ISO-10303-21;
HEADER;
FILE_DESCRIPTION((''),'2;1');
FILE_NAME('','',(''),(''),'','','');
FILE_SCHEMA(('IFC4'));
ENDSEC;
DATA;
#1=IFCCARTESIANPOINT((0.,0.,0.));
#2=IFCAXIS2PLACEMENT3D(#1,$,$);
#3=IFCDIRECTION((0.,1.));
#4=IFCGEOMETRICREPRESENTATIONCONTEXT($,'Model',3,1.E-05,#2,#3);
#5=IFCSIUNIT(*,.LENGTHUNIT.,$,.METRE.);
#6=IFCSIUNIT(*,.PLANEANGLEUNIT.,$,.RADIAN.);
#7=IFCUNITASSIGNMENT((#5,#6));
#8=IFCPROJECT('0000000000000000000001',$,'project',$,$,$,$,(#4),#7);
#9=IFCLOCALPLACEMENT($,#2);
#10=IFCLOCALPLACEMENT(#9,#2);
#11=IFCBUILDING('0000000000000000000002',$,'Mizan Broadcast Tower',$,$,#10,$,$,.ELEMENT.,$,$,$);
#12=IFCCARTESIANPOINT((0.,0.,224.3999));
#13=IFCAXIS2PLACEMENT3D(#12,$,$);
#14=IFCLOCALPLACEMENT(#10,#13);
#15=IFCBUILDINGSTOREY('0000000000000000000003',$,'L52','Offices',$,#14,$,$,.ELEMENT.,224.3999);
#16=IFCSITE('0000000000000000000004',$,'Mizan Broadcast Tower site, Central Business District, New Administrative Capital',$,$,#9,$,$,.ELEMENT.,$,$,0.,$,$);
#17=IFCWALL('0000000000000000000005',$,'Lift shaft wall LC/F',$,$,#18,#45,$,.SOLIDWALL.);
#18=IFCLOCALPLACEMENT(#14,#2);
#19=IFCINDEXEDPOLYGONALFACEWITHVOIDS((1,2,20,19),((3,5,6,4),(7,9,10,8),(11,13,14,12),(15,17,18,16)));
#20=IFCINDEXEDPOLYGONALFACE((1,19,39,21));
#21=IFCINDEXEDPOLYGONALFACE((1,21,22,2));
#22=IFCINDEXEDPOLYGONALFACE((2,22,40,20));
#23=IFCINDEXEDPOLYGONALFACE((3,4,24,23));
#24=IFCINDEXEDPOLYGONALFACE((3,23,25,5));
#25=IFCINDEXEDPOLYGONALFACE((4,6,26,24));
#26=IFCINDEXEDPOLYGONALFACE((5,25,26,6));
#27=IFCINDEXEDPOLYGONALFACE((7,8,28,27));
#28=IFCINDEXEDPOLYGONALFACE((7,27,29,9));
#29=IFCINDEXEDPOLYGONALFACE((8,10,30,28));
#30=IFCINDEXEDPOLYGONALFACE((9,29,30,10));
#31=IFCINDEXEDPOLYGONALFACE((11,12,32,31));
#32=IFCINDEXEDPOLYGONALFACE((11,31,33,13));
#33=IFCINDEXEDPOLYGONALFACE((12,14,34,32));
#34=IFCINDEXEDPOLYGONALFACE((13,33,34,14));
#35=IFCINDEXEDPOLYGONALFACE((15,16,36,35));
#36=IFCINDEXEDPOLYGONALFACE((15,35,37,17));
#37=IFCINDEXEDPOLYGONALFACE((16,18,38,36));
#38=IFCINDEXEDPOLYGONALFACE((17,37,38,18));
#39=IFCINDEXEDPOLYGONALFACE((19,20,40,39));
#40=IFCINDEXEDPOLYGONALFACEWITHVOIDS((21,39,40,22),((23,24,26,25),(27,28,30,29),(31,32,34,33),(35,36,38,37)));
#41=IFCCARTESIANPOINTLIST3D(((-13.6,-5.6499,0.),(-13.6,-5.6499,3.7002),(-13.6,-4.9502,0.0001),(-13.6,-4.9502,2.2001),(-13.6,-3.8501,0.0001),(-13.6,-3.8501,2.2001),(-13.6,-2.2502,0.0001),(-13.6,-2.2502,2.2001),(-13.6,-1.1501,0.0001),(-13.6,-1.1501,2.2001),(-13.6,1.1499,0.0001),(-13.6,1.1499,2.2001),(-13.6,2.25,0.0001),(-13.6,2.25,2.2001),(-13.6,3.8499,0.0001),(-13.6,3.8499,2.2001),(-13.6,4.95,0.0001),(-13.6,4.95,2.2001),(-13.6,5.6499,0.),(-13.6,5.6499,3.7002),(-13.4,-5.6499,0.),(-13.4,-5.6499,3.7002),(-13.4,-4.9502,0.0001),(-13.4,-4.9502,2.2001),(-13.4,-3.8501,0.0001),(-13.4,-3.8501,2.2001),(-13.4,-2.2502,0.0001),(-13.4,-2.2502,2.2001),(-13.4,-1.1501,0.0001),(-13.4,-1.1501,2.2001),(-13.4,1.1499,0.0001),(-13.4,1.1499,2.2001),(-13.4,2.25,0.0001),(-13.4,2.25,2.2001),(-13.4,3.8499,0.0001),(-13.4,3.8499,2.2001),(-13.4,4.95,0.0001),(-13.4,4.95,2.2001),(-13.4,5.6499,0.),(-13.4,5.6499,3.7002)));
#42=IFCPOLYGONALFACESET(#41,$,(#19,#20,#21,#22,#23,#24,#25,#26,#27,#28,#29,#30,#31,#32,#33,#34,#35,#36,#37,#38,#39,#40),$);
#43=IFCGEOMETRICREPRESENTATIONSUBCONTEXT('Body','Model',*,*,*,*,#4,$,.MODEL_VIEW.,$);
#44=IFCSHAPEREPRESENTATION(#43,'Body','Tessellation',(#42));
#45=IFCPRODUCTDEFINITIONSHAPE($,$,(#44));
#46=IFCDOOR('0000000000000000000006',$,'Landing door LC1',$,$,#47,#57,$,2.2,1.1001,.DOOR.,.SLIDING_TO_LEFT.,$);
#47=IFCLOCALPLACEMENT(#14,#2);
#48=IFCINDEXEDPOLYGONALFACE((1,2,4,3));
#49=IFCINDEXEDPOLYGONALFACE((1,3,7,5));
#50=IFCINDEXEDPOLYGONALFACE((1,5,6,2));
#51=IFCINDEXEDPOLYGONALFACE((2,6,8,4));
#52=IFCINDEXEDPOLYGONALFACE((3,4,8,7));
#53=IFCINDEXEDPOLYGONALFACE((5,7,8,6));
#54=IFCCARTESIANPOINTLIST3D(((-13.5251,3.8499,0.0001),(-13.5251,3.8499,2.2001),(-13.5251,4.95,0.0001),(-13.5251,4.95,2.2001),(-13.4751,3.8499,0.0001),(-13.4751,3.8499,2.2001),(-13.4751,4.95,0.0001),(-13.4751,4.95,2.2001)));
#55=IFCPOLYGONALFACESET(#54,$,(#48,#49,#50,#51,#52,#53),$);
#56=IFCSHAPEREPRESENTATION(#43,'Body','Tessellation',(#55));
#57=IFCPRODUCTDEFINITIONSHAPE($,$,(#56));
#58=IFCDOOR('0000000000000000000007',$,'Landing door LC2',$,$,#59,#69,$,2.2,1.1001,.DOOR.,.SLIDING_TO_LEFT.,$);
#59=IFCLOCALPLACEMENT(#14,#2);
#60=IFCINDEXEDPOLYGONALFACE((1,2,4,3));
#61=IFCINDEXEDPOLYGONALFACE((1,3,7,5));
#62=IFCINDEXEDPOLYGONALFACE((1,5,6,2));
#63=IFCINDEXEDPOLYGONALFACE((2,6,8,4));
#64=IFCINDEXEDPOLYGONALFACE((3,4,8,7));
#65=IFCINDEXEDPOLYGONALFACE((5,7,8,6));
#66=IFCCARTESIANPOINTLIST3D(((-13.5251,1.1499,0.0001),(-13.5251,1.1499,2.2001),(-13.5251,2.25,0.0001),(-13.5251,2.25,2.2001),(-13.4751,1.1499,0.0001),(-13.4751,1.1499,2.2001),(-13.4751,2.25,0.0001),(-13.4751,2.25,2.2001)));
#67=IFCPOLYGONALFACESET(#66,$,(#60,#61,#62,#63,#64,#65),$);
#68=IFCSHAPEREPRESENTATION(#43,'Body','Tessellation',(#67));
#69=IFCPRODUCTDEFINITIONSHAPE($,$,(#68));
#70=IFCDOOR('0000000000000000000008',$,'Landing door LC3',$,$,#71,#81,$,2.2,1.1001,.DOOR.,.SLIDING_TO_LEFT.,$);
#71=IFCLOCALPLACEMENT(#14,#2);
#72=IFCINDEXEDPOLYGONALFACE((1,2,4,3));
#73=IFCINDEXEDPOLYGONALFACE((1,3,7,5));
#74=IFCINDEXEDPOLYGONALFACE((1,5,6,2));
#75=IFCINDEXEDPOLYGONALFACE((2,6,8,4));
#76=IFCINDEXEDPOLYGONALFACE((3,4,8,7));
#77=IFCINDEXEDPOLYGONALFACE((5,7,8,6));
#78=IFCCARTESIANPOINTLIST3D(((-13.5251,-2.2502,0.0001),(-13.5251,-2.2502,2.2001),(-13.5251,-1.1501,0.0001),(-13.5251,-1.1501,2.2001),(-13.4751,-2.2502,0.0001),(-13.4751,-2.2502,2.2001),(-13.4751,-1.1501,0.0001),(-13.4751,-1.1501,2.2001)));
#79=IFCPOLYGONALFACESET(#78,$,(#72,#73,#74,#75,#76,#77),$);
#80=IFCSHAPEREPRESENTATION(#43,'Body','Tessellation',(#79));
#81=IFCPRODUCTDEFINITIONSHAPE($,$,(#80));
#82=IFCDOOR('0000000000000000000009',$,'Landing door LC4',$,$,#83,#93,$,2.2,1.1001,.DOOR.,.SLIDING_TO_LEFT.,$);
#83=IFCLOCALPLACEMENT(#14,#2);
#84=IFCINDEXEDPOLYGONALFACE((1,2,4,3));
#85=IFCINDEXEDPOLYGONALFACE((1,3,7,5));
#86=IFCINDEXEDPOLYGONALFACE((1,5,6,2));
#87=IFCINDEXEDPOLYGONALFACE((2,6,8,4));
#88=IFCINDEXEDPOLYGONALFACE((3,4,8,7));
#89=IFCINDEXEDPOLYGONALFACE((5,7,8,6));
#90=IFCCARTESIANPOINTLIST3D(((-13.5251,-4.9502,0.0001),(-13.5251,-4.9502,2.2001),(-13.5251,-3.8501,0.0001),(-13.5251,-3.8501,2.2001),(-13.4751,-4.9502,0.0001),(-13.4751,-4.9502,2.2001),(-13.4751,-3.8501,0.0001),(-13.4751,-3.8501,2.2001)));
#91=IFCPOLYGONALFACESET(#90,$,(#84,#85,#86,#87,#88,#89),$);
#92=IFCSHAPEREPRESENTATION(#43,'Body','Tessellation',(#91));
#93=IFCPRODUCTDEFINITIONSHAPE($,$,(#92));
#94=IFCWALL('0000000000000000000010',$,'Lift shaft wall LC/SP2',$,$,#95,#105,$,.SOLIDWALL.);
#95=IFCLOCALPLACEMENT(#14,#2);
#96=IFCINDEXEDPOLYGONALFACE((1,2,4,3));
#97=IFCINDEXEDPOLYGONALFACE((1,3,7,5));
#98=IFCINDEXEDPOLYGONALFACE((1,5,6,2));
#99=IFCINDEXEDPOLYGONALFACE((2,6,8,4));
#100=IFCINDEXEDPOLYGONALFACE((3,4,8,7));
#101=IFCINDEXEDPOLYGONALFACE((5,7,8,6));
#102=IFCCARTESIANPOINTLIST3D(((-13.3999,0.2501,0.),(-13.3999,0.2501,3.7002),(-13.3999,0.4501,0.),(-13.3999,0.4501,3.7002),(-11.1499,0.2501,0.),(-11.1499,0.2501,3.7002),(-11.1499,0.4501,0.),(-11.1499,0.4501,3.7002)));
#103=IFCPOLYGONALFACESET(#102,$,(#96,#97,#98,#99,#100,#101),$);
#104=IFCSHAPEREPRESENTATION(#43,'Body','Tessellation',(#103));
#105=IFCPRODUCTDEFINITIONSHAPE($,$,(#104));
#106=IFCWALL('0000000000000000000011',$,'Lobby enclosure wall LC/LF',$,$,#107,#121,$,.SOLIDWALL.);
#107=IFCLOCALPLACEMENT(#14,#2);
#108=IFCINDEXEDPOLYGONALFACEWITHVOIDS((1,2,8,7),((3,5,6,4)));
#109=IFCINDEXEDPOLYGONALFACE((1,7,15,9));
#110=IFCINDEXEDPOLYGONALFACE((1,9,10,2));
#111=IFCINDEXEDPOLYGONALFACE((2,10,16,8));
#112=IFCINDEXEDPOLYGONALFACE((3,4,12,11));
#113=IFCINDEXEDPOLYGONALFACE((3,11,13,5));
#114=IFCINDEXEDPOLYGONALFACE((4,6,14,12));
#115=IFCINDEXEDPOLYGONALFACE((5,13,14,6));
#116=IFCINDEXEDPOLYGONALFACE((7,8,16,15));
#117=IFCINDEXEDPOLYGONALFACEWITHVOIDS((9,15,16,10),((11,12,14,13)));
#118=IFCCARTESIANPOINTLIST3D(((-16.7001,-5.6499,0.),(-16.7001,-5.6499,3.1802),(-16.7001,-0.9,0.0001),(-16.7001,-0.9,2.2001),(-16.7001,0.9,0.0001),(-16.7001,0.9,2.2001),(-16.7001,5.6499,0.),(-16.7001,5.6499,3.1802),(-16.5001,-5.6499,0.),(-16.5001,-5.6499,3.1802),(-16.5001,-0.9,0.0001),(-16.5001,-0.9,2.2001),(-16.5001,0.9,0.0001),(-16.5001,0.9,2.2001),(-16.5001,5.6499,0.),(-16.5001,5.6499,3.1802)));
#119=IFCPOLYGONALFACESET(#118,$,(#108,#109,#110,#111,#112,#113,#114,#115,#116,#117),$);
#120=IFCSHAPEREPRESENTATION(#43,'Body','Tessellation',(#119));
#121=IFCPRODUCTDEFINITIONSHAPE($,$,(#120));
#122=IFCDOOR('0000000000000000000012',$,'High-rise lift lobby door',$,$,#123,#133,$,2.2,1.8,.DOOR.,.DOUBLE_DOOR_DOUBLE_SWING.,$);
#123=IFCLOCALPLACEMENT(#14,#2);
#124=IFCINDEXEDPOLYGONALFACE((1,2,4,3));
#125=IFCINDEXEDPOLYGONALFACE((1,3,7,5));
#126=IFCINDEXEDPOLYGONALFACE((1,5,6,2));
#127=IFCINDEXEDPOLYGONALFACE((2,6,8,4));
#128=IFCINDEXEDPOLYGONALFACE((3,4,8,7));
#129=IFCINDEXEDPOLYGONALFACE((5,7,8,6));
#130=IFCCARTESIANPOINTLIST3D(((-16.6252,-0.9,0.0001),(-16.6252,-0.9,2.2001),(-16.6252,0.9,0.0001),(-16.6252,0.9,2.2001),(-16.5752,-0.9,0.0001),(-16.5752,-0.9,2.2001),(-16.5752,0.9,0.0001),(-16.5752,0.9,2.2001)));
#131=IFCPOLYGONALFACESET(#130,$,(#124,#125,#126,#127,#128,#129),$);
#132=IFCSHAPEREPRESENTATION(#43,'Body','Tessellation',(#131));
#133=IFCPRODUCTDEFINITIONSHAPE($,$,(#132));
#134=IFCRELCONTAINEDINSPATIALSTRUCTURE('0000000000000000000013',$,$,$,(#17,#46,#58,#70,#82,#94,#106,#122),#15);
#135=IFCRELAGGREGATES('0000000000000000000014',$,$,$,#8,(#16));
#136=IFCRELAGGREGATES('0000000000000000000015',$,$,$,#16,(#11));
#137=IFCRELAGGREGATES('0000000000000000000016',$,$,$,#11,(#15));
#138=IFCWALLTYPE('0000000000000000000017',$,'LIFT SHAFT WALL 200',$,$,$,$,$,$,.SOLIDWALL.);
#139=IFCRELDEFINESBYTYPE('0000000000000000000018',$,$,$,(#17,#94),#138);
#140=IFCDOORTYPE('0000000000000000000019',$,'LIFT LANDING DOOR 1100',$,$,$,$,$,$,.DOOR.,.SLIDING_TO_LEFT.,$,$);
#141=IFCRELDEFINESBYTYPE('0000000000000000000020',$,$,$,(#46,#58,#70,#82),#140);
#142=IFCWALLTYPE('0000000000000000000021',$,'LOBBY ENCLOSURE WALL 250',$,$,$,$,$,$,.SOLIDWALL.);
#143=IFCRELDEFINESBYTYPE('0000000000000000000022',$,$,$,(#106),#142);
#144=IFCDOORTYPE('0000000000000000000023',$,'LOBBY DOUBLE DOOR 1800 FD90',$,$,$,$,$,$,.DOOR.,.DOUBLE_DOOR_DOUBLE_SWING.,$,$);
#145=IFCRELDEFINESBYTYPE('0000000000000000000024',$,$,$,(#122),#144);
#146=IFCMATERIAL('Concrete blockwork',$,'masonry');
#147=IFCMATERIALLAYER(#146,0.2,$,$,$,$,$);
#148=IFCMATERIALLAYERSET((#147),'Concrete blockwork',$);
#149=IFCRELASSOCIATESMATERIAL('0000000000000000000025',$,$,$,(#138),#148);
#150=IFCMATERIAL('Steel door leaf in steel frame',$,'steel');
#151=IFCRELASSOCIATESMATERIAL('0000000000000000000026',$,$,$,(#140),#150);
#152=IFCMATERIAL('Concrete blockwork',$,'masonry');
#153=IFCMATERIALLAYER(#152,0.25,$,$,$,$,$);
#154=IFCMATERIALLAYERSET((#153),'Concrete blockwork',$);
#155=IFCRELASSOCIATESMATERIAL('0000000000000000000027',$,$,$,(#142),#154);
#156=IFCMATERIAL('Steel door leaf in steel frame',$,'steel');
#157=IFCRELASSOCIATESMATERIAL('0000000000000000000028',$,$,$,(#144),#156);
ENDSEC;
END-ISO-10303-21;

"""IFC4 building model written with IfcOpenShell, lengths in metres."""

from ifc_helpers import new_model, si_unit, direction, frame, frame_2d, origin, place, context, subcontext, project, spatial, rectangle, extrude, material, layer, layer_set, type_object, element, fill, save


model = new_model("IFC4")

# Units and contexts
model_context = context("Model", 3, precision=1e-05, world=origin(), true_north=direction((0.0, 1.0)))
body_context = subcontext(model_context, "Body", "Model", "MODEL_VIEW")
ifc_project = project(units=[si_unit("LENGTHUNIT", "METRE"), si_unit("PLANEANGLEUNIT", "RADIAN")], contexts=[model_context])

# Site, building, storey
site_placement = place(None, origin())
site = spatial("IfcSite", under=ifc_project, at=site_placement, Name="Mizan Broadcast Tower site, Central Business District, New Administrative Capital", CompositionType="ELEMENT", RefElevation=0.0)
building_placement = place(site_placement, origin())
building = spatial("IfcBuilding", under=site, at=building_placement, Name="Mizan Broadcast Tower", CompositionType="ELEMENT")
storey_placement = place(building_placement, frame((0.0, 0.0, 224.3999)))
storey = spatial("IfcBuildingStorey", under=building, at=storey_placement, Name="L52", Description="Offices", CompositionType="ELEMENT", Elevation=224.3999)

# Wall, openings, doors
ifc_material_1 = material(Name="Concrete blockwork", Category="masonry")
ifc_layer_1 = layer(ifc_material_1, 0.2)
ifc_layer_set_1 = layer_set([ifc_layer_1], Name="Concrete blockwork")
wall_type_1 = type_object("IfcWallType", Name="LIFT SHAFT WALL 200", PredefinedType="SOLIDWALL", material=ifc_layer_set_1)
wall_1_placement = place(storey_placement, frame((-13.5, 5.6499, 0.0), z_axis=(0.0, 0.0, 1.0), x_axis=(0.0, -1.0, 0.0)))
wall_1 = element("IfcWall", 1, at=wall_1_placement, inside=storey, type_object=wall_type_1, Name="Lift shaft wall LC/F", PredefinedType="SOLIDWALL", context=body_context, shape_type="SweptSolid", body=[
    extrude(rectangle(XDim=11.2998, YDim=0.2, at=frame_2d((5.6499, 0.0))), origin(), (0.0, 0.0, 1.0), 3.7002),
])
opening_1_placement = place(wall_1_placement, frame((0.7, 0.0, 0.0)))
opening_1 = element("IfcOpeningElement", 2, at=opening_1_placement, cuts=wall_1, PredefinedType="OPENING", context=body_context, shape_type="SweptSolid", body=[
    extrude(rectangle(XDim=1.1001, YDim=2.2, at=frame_2d((0.55, 1.1001))), frame((0.0, 0.1099, 0.0), z_axis=(0.0, -1.0, 0.0), x_axis=(1.0, 0.0, 0.0)), (0.0, 0.0, 1.0), 0.22),
])
opening_2_placement = place(wall_1_placement, frame((3.3999, 0.0, 0.0)))
opening_2 = element("IfcOpeningElement", 3, at=opening_2_placement, cuts=wall_1, PredefinedType="OPENING", context=body_context, shape_type="SweptSolid", body=[
    extrude(rectangle(XDim=1.1001, YDim=2.2, at=frame_2d((0.55, 1.1001))), frame((0.0, 0.1099, 0.0), z_axis=(0.0, -1.0, 0.0), x_axis=(1.0, 0.0, 0.0)), (0.0, 0.0, 1.0), 0.22),
])
opening_3_placement = place(wall_1_placement, frame((6.8, 0.0, 0.0)))
opening_3 = element("IfcOpeningElement", 4, at=opening_3_placement, cuts=wall_1, PredefinedType="OPENING", context=body_context, shape_type="SweptSolid", body=[
    extrude(rectangle(XDim=1.1001, YDim=2.2, at=frame_2d((0.55, 1.1001))), frame((0.0, 0.1099, 0.0), z_axis=(0.0, -1.0, 0.0), x_axis=(1.0, 0.0, 0.0)), (0.0, 0.0, 1.0), 0.22),
])
opening_4_placement = place(wall_1_placement, frame((9.5, 0.0, 0.0)))
opening_4 = element("IfcOpeningElement", 5, at=opening_4_placement, cuts=wall_1, PredefinedType="OPENING", context=body_context, shape_type="SweptSolid", body=[
    extrude(rectangle(XDim=1.1001, YDim=2.2, at=frame_2d((0.55, 1.1001))), frame((0.0, 0.1099, 0.0), z_axis=(0.0, -1.0, 0.0), x_axis=(1.0, 0.0, 0.0)), (0.0, 0.0, 1.0), 0.22),
])
ifc_material_2 = material(Name="Steel door leaf in steel frame", Category="steel")
door_type_1 = type_object("IfcDoorType", Name="LIFT LANDING DOOR 1100", OperationType="SLIDING_TO_LEFT", PredefinedType="DOOR", material=ifc_material_2)
door_1_placement = place(opening_1_placement, origin())
door_1 = element("IfcDoor", 6, at=door_1_placement, inside=storey, type_object=door_type_1, Name="Landing door LC1", OperationType="SLIDING_TO_LEFT", OverallHeight=2.2, OverallWidth=1.1001, PredefinedType="DOOR", context=body_context, shape_type="SweptSolid", body=[
    extrude(rectangle(XDim=1.1001, YDim=2.2, at=frame_2d((0.55, 1.1001))), frame((0.0, 0.0249, 0.0), z_axis=(0.0, -1.0, 0.0), x_axis=(1.0, 0.0, 0.0)), (0.0, 0.0, 1.0), 0.05),
])
fill(opening_1, door_1)
door_2_placement = place(opening_2_placement, origin())
door_2 = element("IfcDoor", 7, at=door_2_placement, inside=storey, type_object=door_type_1, Name="Landing door LC2", OperationType="SLIDING_TO_LEFT", OverallHeight=2.2, OverallWidth=1.1001, PredefinedType="DOOR", context=body_context, shape_type="SweptSolid", body=[
    extrude(rectangle(XDim=1.1001, YDim=2.2, at=frame_2d((0.55, 1.1001))), frame((0.0, 0.0249, 0.0), z_axis=(0.0, -1.0, 0.0), x_axis=(1.0, 0.0, 0.0)), (0.0, 0.0, 1.0), 0.05),
])
fill(opening_2, door_2)
door_3_placement = place(opening_3_placement, origin())
door_3 = element("IfcDoor", 8, at=door_3_placement, inside=storey, type_object=door_type_1, Name="Landing door LC3", OperationType="SLIDING_TO_LEFT", OverallHeight=2.2, OverallWidth=1.1001, PredefinedType="DOOR", context=body_context, shape_type="SweptSolid", body=[
    extrude(rectangle(XDim=1.1001, YDim=2.2, at=frame_2d((0.55, 1.1001))), frame((0.0, 0.0249, 0.0), z_axis=(0.0, -1.0, 0.0), x_axis=(1.0, 0.0, 0.0)), (0.0, 0.0, 1.0), 0.05),
])
fill(opening_3, door_3)
door_4_placement = place(opening_4_placement, origin())
door_4 = element("IfcDoor", 9, at=door_4_placement, inside=storey, type_object=door_type_1, Name="Landing door LC4", OperationType="SLIDING_TO_LEFT", OverallHeight=2.2, OverallWidth=1.1001, PredefinedType="DOOR", context=body_context, shape_type="SweptSolid", body=[
    extrude(rectangle(XDim=1.1001, YDim=2.2, at=frame_2d((0.55, 1.1001))), frame((0.0, 0.0249, 0.0), z_axis=(0.0, -1.0, 0.0), x_axis=(1.0, 0.0, 0.0)), (0.0, 0.0, 1.0), 0.05),
])
fill(opening_4, door_4)

# Wall
wall_2_placement = place(storey_placement, frame((-11.1499, 0.3501, 0.0), z_axis=(0.0, 0.0, 1.0), x_axis=(-1.0, 0.0, 0.0)))
element("IfcWall", 10, at=wall_2_placement, inside=storey, type_object=wall_type_1, Name="Lift shaft wall LC/SP2", PredefinedType="SOLIDWALL", context=body_context, shape_type="SweptSolid", body=[
    extrude(rectangle(XDim=2.25, YDim=0.2, at=frame_2d((1.125, 0.0))), origin(), (0.0, 0.0, 1.0), 3.7002),
])

# Wall, opening, door
ifc_material_3 = material(Name="Concrete blockwork", Category="masonry")
ifc_layer_2 = layer(ifc_material_3, 0.25)
ifc_layer_set_2 = layer_set([ifc_layer_2], Name="Concrete blockwork")
wall_type_2 = type_object("IfcWallType", Name="LOBBY ENCLOSURE WALL 250", PredefinedType="SOLIDWALL", material=ifc_layer_set_2)
wall_3_placement = place(storey_placement, frame((-16.6001, 5.6499, 0.0), z_axis=(0.0, 0.0, 1.0), x_axis=(0.0, -1.0, 0.0)))
wall_3 = element("IfcWall", 11, at=wall_3_placement, inside=storey, type_object=wall_type_2, Name="Lobby enclosure wall LC/LF", PredefinedType="SOLIDWALL", context=body_context, shape_type="SweptSolid", body=[
    extrude(rectangle(XDim=11.2998, YDim=0.2, at=frame_2d((5.6499, 0.0))), origin(), (0.0, 0.0, 1.0), 3.1802),
])
opening_5_placement = place(wall_3_placement, frame((4.75, 0.0, 0.0)))
opening_5 = element("IfcOpeningElement", 12, at=opening_5_placement, cuts=wall_3, PredefinedType="OPENING", context=body_context, shape_type="SweptSolid", body=[
    extrude(rectangle(XDim=1.8, YDim=2.2, at=frame_2d((0.8999, 1.1001))), frame((0.0, 0.1099, 0.0), z_axis=(0.0, -1.0, 0.0), x_axis=(1.0, 0.0, 0.0)), (0.0, 0.0, 1.0), 0.22),
])
ifc_material_4 = material(Name="Steel door leaf in steel frame", Category="steel")
door_type_2 = type_object("IfcDoorType", Name="LOBBY DOUBLE DOOR 1800 FD90", OperationType="DOUBLE_DOOR_DOUBLE_SWING", PredefinedType="DOOR", material=ifc_material_4)
door_5_placement = place(opening_5_placement, origin())
door_5 = element("IfcDoor", 13, at=door_5_placement, inside=storey, type_object=door_type_2, Name="High-rise lift lobby door", OperationType="DOUBLE_DOOR_DOUBLE_SWING", OverallHeight=2.2, OverallWidth=1.8, PredefinedType="DOOR", context=body_context, shape_type="SweptSolid", body=[
    extrude(rectangle(XDim=1.8, YDim=2.2, at=frame_2d((0.8999, 1.1001))), frame((0.0, 0.0249, 0.0), z_axis=(0.0, -1.0, 0.0), x_axis=(1.0, 0.0, 0.0)), (0.0, 0.0, 1.0), 0.05),
])
fill(opening_5, door_5)

save(model, "model.ifc")
